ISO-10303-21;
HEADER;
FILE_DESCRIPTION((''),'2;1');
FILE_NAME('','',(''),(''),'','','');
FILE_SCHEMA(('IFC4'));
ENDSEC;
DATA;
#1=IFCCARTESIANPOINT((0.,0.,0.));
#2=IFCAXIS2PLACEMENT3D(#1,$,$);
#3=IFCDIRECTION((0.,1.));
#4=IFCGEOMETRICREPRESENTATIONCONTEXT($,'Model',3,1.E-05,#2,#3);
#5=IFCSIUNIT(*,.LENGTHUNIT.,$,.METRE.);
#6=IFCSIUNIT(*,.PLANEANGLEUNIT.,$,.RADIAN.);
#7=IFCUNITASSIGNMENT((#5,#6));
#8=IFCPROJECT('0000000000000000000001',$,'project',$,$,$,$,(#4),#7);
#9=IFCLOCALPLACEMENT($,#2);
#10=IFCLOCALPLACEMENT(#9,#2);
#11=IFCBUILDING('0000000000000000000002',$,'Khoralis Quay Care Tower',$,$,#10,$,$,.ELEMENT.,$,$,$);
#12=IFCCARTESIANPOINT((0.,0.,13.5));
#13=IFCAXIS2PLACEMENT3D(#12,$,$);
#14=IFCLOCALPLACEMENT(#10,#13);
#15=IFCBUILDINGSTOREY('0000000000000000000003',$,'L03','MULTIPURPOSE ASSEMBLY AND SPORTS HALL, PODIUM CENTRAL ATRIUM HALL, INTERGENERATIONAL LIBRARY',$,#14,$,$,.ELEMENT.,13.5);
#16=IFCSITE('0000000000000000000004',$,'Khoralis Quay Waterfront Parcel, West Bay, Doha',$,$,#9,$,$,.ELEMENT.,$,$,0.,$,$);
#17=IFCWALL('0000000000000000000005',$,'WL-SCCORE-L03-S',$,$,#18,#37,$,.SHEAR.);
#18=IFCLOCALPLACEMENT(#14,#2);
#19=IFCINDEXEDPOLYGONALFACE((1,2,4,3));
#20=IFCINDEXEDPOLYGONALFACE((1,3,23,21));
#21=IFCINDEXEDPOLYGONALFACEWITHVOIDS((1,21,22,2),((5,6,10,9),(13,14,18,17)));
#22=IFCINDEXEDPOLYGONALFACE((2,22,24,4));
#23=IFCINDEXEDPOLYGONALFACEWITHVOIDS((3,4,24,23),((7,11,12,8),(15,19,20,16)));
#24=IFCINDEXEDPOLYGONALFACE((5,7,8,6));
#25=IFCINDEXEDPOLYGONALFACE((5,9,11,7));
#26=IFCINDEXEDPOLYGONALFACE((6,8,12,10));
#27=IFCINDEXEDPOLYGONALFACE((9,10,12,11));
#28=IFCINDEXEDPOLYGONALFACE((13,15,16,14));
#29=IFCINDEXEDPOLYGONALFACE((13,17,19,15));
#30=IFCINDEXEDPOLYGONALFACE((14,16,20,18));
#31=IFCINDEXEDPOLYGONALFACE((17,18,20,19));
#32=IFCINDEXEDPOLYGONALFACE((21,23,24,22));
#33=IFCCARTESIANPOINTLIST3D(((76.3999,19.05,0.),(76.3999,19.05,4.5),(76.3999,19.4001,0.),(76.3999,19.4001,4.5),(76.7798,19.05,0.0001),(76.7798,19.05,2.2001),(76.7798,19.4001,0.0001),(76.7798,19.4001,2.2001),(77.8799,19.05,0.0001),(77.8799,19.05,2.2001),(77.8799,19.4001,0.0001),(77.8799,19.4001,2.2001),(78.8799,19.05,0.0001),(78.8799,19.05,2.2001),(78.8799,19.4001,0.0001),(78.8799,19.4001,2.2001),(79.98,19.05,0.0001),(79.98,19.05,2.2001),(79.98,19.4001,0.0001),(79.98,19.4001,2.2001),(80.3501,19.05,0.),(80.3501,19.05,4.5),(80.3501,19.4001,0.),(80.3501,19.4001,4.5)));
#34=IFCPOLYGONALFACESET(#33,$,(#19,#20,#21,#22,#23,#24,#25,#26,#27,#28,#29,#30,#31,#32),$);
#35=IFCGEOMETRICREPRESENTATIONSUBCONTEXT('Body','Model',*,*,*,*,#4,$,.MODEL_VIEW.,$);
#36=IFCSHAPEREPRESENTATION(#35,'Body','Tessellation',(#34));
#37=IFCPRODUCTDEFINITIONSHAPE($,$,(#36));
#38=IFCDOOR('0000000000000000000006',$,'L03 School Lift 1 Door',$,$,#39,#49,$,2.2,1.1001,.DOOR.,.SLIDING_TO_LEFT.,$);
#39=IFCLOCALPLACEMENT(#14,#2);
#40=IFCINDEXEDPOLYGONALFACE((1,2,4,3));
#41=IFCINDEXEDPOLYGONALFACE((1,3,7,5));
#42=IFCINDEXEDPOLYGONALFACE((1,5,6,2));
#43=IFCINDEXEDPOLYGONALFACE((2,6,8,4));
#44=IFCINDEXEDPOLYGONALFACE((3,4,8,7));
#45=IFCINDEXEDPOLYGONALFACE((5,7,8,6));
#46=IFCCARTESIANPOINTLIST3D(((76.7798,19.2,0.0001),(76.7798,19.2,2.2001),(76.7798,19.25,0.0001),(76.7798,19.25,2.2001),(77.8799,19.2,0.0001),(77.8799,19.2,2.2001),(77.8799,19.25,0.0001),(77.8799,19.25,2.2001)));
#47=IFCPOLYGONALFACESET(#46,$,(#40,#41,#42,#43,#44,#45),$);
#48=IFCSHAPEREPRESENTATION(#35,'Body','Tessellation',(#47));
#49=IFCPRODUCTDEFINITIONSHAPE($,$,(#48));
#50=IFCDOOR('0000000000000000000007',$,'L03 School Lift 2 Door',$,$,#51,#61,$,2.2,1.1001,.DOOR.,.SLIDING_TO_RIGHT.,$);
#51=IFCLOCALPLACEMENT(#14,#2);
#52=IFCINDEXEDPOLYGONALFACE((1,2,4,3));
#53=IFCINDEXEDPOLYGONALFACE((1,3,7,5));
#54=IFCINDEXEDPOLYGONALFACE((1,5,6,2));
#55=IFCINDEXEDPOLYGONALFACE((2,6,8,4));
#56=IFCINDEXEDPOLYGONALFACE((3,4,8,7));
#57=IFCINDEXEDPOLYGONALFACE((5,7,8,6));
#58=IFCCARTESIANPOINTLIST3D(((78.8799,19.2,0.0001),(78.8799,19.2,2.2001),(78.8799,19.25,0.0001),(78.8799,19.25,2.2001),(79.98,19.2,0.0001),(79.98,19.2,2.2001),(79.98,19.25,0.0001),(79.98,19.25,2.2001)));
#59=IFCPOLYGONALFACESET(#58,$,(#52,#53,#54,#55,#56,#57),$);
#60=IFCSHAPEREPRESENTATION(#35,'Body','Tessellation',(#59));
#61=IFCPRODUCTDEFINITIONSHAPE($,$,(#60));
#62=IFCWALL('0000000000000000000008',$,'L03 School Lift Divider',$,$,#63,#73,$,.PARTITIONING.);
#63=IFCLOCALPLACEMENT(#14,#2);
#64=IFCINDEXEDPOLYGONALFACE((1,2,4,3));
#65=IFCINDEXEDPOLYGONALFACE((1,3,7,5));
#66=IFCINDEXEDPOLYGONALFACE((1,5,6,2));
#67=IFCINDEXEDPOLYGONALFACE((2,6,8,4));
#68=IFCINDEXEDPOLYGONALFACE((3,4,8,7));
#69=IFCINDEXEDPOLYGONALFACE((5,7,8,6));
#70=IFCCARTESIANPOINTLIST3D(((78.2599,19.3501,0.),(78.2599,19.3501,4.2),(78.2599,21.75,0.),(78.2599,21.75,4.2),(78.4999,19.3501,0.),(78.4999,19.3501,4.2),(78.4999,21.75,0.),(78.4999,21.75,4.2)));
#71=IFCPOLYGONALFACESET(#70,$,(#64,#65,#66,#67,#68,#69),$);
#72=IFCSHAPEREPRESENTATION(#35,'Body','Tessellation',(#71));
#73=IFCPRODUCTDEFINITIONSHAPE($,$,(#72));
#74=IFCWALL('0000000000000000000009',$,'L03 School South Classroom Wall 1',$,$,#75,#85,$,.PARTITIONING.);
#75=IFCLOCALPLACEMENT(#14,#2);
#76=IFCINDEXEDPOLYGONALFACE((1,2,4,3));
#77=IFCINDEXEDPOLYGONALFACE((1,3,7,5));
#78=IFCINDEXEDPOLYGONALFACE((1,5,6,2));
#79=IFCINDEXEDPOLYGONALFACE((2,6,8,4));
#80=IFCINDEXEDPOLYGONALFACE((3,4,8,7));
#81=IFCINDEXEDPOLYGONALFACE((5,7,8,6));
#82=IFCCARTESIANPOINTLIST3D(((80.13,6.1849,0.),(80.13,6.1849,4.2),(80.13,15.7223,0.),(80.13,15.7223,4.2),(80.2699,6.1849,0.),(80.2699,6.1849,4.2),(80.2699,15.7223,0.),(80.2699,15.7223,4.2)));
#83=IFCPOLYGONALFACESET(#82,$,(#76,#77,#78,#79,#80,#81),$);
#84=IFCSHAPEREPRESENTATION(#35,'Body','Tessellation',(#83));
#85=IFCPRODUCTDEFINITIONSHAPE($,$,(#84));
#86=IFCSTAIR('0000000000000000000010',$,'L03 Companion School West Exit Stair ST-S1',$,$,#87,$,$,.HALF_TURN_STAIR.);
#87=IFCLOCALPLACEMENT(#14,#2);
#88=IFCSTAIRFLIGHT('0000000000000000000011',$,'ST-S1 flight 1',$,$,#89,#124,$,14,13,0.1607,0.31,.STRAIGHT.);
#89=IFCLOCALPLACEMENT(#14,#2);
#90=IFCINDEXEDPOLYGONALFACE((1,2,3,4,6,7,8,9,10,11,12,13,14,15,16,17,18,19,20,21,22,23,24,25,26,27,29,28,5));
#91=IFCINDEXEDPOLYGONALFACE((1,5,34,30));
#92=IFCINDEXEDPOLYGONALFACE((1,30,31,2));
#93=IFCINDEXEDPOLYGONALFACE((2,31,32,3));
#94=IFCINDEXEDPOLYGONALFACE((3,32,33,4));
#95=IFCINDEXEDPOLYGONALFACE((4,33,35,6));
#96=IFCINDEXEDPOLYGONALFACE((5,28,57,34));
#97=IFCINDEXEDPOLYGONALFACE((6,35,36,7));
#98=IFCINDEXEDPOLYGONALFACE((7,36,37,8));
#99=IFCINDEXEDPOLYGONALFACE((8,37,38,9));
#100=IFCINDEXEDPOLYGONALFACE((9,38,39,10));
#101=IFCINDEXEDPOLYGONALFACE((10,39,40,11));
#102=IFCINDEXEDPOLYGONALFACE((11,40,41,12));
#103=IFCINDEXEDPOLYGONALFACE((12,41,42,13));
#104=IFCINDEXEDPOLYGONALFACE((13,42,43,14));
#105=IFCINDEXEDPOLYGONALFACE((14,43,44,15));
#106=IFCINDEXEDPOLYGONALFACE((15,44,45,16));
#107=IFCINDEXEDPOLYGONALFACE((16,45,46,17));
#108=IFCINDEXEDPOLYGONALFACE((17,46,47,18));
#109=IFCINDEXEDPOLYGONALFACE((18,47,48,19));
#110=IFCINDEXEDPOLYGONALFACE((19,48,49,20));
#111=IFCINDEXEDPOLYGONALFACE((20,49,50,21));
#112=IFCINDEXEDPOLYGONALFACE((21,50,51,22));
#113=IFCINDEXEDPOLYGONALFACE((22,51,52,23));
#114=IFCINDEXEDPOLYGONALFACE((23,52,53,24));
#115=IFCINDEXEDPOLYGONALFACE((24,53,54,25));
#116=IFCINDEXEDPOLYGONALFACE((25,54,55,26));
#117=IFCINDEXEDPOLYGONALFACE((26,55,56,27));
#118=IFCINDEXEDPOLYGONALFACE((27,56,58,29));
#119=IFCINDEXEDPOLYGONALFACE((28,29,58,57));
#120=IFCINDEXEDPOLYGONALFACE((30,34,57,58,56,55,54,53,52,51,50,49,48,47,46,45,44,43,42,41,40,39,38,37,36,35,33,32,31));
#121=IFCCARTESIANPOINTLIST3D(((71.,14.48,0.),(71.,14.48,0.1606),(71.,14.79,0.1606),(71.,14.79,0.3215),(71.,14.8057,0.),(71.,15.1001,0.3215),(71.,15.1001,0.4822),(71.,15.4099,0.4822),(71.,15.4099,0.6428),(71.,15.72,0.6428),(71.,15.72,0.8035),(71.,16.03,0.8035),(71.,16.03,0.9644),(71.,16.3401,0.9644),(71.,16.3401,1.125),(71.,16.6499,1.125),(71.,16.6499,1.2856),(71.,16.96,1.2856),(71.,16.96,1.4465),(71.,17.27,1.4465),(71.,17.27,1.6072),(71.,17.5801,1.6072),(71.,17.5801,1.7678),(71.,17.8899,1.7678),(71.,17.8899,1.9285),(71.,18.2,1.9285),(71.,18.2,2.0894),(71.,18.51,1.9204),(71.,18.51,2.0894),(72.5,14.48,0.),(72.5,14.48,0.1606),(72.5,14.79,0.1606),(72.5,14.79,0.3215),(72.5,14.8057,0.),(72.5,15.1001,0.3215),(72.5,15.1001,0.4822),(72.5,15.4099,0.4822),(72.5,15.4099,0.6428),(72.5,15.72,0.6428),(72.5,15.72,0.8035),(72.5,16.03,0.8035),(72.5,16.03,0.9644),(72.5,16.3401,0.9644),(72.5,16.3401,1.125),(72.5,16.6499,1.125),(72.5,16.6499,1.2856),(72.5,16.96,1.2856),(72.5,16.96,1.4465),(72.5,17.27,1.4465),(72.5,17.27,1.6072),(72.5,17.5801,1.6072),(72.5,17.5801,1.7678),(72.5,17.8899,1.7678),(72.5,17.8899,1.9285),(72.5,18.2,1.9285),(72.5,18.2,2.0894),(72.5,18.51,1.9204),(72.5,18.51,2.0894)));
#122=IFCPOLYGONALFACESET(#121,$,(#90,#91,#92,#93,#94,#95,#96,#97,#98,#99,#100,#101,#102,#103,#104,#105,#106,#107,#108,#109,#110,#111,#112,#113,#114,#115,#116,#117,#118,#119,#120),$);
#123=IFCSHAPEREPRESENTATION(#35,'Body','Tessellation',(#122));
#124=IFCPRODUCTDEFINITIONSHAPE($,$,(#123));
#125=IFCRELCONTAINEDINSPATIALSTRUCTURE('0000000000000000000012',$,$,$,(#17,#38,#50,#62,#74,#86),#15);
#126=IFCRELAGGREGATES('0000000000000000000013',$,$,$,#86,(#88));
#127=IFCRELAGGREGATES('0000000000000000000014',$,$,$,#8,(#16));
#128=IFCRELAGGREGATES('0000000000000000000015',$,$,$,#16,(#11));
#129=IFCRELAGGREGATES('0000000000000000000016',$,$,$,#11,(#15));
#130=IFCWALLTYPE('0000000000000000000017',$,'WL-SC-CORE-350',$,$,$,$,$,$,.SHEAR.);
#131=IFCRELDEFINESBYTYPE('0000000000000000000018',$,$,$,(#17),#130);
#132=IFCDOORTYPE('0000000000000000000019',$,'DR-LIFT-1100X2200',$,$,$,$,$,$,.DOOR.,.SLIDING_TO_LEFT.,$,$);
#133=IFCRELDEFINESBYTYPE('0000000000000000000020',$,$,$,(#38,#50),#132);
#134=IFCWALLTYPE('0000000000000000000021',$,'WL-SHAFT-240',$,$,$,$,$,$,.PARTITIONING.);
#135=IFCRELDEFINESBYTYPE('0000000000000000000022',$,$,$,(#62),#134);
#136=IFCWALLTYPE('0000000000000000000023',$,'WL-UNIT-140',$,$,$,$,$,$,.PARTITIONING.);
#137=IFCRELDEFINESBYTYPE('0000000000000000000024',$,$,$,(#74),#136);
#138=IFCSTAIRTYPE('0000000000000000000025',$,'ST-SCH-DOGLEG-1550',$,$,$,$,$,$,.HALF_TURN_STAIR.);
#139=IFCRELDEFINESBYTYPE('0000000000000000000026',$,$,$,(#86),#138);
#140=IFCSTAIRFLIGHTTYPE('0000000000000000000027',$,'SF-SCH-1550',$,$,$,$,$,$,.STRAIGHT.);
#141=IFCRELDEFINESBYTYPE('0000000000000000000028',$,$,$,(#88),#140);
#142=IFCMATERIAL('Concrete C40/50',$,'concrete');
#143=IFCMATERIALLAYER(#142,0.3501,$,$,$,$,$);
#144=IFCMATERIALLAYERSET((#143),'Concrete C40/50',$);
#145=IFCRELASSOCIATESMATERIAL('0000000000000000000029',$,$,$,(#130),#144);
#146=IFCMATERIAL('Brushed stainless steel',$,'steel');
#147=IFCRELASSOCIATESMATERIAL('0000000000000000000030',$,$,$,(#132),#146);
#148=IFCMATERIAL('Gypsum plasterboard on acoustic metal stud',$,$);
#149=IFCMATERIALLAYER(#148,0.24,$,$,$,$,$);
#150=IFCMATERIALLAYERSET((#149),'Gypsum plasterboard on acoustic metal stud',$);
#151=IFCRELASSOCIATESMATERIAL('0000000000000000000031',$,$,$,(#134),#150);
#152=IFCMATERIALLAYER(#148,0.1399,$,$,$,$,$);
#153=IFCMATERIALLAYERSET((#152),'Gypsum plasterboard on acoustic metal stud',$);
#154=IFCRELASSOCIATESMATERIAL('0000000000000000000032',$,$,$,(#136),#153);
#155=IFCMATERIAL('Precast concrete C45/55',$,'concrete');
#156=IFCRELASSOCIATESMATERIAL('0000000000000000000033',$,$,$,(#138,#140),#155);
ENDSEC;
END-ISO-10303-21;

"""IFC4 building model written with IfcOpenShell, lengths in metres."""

from ifc_helpers import new_model, si_unit, direction, frame, frame_2d, origin, place, context, subcontext, project, spatial, polyline, rectangle, outline, extrude, source, transform, mapped, material, layer, layer_set, type_object, element, fill, aggregate, save


model = new_model("IFC4")

# Units and contexts
model_context = context("Model", 3, precision=1e-05, world=origin(), true_north=direction((0.0, 1.0)))
body_context = subcontext(model_context, "Body", "Model", "MODEL_VIEW")
ifc_project = project(units=[si_unit("LENGTHUNIT", "METRE"), si_unit("PLANEANGLEUNIT", "RADIAN")], contexts=[model_context])

# Site, building, storey
site_placement = place(None, origin())
site = spatial("IfcSite", under=ifc_project, at=site_placement, Name="Khoralis Quay Waterfront Parcel, West Bay, Doha", CompositionType="ELEMENT", RefElevation=0.0)
building_placement = place(site_placement, origin())
building = spatial("IfcBuilding", under=site, at=building_placement, Name="Khoralis Quay Care Tower", CompositionType="ELEMENT")
storey_placement = place(building_placement, frame((0.0, 0.0, 13.5)))
storey = spatial("IfcBuildingStorey", under=building, at=storey_placement, Name="L03", Description="MULTIPURPOSE ASSEMBLY AND SPORTS HALL, PODIUM CENTRAL ATRIUM HALL, INTERGENERATIONAL LIBRARY", CompositionType="ELEMENT", Elevation=13.5)

# Shared definitions
ifc_material_1 = material(Name="Concrete C40/50", Category="concrete")

# Shared definitions
ifc_material_2 = material(Name="Gypsum plasterboard on acoustic metal stud")

# Shared definitions
ifc_layer_1 = layer(ifc_material_1, 0.3501)
ifc_layer_set_1 = layer_set([ifc_layer_1], Name="Concrete C40/50")
wall_type_1 = type_object("IfcWallType", Name="WL-SC-CORE-350", PredefinedType="SHEAR", material=ifc_layer_set_1)

# Wall, openings, doors
wall_1_placement = place(storey_placement, frame((76.3999, 19.2251, 0.0), z_axis=(0.0, 0.0, 1.0), x_axis=(1.0, 0.0, 0.0)))
wall_1 = element("IfcWall", 1, at=wall_1_placement, inside=storey, type_object=wall_type_1, Name="WL-SCCORE-L03-S", PredefinedType="SHEAR", context=body_context, shape_type="SweptSolid", body=[
    extrude(rectangle(XDim=3.9502, YDim=0.3501, at=frame_2d((1.9751, 0.0))), origin(), (0.0, 0.0, 1.0), 4.5),
])
opening_1_placement = place(wall_1_placement, frame((0.3799, 0.0, 0.0)))
opening_1 = element("IfcOpeningElement", 2, at=opening_1_placement, cuts=wall_1, PredefinedType="OPENING", context=body_context, shape_type="SweptSolid", body=[
    extrude(rectangle(XDim=1.1001, YDim=2.2, at=frame_2d((0.55, 1.1001))), frame((0.0, 0.1851, 0.0), z_axis=(0.0, -1.0, 0.0), x_axis=(1.0, 0.0, 0.0)), (0.0, 0.0, 1.0), 0.3701),
])
opening_2_placement = place(wall_1_placement, frame((2.48, 0.0, 0.0)))
opening_2 = element("IfcOpeningElement", 3, at=opening_2_placement, cuts=wall_1, PredefinedType="OPENING", context=body_context, shape_type="SweptSolid", body=[
    extrude(rectangle(XDim=1.1001, YDim=2.2, at=frame_2d((0.55, 1.1001))), frame((0.0, 0.1851, 0.0), z_axis=(0.0, -1.0, 0.0), x_axis=(1.0, 0.0, 0.0)), (0.0, 0.0, 1.0), 0.3701),
])
ifc_material_3 = material(Name="Brushed stainless steel", Category="steel")
door_type_1 = type_object("IfcDoorType", Name="DR-LIFT-1100X2200", OperationType="SLIDING_TO_LEFT", PredefinedType="DOOR", material=ifc_material_3)
shared_shape_1 = source(origin(), body_context, "Body", "SweptSolid", [
    extrude(rectangle(XDim=1.1001, YDim=2.2, at=frame_2d((0.55, 1.1001))), frame((0.0, 0.0249, 0.0), z_axis=(0.0, -1.0, 0.0), x_axis=(1.0, 0.0, 0.0)), (0.0, 0.0, 1.0), 0.05),
])
door_1_placement = place(opening_1_placement, origin())
door_1 = element("IfcDoor", 4, at=door_1_placement, inside=storey, type_object=door_type_1, Name="L03 School Lift 1 Door", OperationType="SLIDING_TO_LEFT", OverallHeight=2.2, OverallWidth=1.1001, PredefinedType="DOOR", context=body_context, shape_type="MappedRepresentation", body=[
    mapped(shared_shape_1, transform((0.0, 0.0, 0.0), scale=1.0)),
])
fill(opening_1, door_1)
door_2_placement = place(opening_2_placement, origin())
door_2 = element("IfcDoor", 5, at=door_2_placement, inside=storey, type_object=door_type_1, Name="L03 School Lift 2 Door", OperationType="SLIDING_TO_RIGHT", OverallHeight=2.2, OverallWidth=1.1001, PredefinedType="DOOR", context=body_context, shape_type="MappedRepresentation", body=[
    mapped(shared_shape_1, transform((0.0, 0.0, 0.0), scale=1.0)),
])
fill(opening_2, door_2)

# Walls
ifc_layer_2 = layer(ifc_material_2, 0.24)
ifc_layer_set_2 = layer_set([ifc_layer_2], Name="Gypsum plasterboard on acoustic metal stud")
wall_type_2 = type_object("IfcWallType", Name="WL-SHAFT-240", PredefinedType="PARTITIONING", material=ifc_layer_set_2)
wall_2_placement = place(storey_placement, frame((78.3799, 19.3501, 0.0), z_axis=(0.0, 0.0, 1.0), x_axis=(0.0, 1.0, 0.0)))
element("IfcWall", 6, at=wall_2_placement, inside=storey, type_object=wall_type_2, Name="L03 School Lift Divider", PredefinedType="PARTITIONING", context=body_context, shape_type="SweptSolid", body=[
    extrude(rectangle(XDim=2.3999, YDim=0.24, at=frame_2d((1.2, 0.0))), origin(), (0.0, 0.0, 1.0), 4.2),
])
ifc_layer_3 = layer(ifc_material_2, 0.1399)
ifc_layer_set_3 = layer_set([ifc_layer_3], Name="Gypsum plasterboard on acoustic metal stud")
wall_type_3 = type_object("IfcWallType", Name="WL-UNIT-140", PredefinedType="PARTITIONING", material=ifc_layer_set_3)
wall_3_placement = place(storey_placement, frame((80.2, 6.1851, 0.0), z_axis=(0.0, 0.0, 1.0), x_axis=(0.0, 1.0, 0.0)))
element("IfcWall", 7, at=wall_3_placement, inside=storey, type_object=wall_type_3, Name="L03 School South Classroom Wall 1", PredefinedType="PARTITIONING", context=body_context, shape_type="SweptSolid", body=[
    extrude(rectangle(XDim=9.5374, YDim=0.1399, at=frame_2d((4.7686, 0.0))), origin(), (0.0, 0.0, 1.0), 4.2),
])

# Stair, stair flight
ifc_material_4 = material(Name="Precast concrete C45/55", Category="concrete")
stair_type = type_object("IfcStairType", Name="ST-SCH-DOGLEG-1550", PredefinedType="HALF_TURN_STAIR", material=ifc_material_4)
stair_placement = place(storey_placement, origin())
stair = element("IfcStair", 8, at=stair_placement, inside=storey, type_object=stair_type, Name="L03 Companion School West Exit Stair ST-S1", PredefinedType="HALF_TURN_STAIR")
stair_flight_type = type_object("IfcStairFlightType", Name="SF-SCH-1550", PredefinedType="STRAIGHT", material=ifc_material_4)
shared_shape_2 = source(origin(), body_context, "Body", "SweptSolid", [
    extrude(outline(polyline([(0.0, 0.0), (0.0, 0.1606), (0.3101, 0.1606), (0.3101, 0.3215), (0.6201, 0.3215), (0.6201, 0.4822), (0.9299, 0.4822), (0.9299, 0.6428), (1.24, 0.6428), (1.24, 0.8035), (1.55, 0.8035), (1.55, 0.9644), (1.8601, 0.9644), (1.8601, 1.125), (2.1699, 1.125), (2.1699, 1.2856), (2.48, 1.2856), (2.48, 1.4465), (2.79, 1.4465), (2.79, 1.6072), (3.1001, 1.6072), (3.1001, 1.7678), (3.4099, 1.7678), (3.4099, 1.9285), (3.72, 1.9285), (3.72, 2.0894), (4.03, 2.0894), (4.03, 2.25), (4.03, 1.9204), (0.3257, 0.0), (0.0, 0.0)])), frame((0.0, 0.75, 0.0), z_axis=(0.0, -1.0, 0.0), x_axis=(1.0, 0.0, 0.0)), (0.0, 0.0, 1.0), 1.5),
])
stair_flight_placement = place(storey_placement, frame((71.75, 14.48, 0.0), z_axis=(0.0, 0.0, 1.0), x_axis=(0.0, 1.0, 0.0)))
stair_flight = element("IfcStairFlight", 9, at=stair_flight_placement, type_object=stair_flight_type, Name="ST-S1 flight 1", NumberOfRisers=14, NumberOfTreads=13, PredefinedType="STRAIGHT", RiserHeight=0.1607, TreadLength=0.31, context=body_context, shape_type="MappedRepresentation", body=[
    mapped(shared_shape_2, transform((0.0, 0.0, 0.0), scale=1.0)),
])
aggregate(stair, [stair_flight])

save(model, "model.ifc")
